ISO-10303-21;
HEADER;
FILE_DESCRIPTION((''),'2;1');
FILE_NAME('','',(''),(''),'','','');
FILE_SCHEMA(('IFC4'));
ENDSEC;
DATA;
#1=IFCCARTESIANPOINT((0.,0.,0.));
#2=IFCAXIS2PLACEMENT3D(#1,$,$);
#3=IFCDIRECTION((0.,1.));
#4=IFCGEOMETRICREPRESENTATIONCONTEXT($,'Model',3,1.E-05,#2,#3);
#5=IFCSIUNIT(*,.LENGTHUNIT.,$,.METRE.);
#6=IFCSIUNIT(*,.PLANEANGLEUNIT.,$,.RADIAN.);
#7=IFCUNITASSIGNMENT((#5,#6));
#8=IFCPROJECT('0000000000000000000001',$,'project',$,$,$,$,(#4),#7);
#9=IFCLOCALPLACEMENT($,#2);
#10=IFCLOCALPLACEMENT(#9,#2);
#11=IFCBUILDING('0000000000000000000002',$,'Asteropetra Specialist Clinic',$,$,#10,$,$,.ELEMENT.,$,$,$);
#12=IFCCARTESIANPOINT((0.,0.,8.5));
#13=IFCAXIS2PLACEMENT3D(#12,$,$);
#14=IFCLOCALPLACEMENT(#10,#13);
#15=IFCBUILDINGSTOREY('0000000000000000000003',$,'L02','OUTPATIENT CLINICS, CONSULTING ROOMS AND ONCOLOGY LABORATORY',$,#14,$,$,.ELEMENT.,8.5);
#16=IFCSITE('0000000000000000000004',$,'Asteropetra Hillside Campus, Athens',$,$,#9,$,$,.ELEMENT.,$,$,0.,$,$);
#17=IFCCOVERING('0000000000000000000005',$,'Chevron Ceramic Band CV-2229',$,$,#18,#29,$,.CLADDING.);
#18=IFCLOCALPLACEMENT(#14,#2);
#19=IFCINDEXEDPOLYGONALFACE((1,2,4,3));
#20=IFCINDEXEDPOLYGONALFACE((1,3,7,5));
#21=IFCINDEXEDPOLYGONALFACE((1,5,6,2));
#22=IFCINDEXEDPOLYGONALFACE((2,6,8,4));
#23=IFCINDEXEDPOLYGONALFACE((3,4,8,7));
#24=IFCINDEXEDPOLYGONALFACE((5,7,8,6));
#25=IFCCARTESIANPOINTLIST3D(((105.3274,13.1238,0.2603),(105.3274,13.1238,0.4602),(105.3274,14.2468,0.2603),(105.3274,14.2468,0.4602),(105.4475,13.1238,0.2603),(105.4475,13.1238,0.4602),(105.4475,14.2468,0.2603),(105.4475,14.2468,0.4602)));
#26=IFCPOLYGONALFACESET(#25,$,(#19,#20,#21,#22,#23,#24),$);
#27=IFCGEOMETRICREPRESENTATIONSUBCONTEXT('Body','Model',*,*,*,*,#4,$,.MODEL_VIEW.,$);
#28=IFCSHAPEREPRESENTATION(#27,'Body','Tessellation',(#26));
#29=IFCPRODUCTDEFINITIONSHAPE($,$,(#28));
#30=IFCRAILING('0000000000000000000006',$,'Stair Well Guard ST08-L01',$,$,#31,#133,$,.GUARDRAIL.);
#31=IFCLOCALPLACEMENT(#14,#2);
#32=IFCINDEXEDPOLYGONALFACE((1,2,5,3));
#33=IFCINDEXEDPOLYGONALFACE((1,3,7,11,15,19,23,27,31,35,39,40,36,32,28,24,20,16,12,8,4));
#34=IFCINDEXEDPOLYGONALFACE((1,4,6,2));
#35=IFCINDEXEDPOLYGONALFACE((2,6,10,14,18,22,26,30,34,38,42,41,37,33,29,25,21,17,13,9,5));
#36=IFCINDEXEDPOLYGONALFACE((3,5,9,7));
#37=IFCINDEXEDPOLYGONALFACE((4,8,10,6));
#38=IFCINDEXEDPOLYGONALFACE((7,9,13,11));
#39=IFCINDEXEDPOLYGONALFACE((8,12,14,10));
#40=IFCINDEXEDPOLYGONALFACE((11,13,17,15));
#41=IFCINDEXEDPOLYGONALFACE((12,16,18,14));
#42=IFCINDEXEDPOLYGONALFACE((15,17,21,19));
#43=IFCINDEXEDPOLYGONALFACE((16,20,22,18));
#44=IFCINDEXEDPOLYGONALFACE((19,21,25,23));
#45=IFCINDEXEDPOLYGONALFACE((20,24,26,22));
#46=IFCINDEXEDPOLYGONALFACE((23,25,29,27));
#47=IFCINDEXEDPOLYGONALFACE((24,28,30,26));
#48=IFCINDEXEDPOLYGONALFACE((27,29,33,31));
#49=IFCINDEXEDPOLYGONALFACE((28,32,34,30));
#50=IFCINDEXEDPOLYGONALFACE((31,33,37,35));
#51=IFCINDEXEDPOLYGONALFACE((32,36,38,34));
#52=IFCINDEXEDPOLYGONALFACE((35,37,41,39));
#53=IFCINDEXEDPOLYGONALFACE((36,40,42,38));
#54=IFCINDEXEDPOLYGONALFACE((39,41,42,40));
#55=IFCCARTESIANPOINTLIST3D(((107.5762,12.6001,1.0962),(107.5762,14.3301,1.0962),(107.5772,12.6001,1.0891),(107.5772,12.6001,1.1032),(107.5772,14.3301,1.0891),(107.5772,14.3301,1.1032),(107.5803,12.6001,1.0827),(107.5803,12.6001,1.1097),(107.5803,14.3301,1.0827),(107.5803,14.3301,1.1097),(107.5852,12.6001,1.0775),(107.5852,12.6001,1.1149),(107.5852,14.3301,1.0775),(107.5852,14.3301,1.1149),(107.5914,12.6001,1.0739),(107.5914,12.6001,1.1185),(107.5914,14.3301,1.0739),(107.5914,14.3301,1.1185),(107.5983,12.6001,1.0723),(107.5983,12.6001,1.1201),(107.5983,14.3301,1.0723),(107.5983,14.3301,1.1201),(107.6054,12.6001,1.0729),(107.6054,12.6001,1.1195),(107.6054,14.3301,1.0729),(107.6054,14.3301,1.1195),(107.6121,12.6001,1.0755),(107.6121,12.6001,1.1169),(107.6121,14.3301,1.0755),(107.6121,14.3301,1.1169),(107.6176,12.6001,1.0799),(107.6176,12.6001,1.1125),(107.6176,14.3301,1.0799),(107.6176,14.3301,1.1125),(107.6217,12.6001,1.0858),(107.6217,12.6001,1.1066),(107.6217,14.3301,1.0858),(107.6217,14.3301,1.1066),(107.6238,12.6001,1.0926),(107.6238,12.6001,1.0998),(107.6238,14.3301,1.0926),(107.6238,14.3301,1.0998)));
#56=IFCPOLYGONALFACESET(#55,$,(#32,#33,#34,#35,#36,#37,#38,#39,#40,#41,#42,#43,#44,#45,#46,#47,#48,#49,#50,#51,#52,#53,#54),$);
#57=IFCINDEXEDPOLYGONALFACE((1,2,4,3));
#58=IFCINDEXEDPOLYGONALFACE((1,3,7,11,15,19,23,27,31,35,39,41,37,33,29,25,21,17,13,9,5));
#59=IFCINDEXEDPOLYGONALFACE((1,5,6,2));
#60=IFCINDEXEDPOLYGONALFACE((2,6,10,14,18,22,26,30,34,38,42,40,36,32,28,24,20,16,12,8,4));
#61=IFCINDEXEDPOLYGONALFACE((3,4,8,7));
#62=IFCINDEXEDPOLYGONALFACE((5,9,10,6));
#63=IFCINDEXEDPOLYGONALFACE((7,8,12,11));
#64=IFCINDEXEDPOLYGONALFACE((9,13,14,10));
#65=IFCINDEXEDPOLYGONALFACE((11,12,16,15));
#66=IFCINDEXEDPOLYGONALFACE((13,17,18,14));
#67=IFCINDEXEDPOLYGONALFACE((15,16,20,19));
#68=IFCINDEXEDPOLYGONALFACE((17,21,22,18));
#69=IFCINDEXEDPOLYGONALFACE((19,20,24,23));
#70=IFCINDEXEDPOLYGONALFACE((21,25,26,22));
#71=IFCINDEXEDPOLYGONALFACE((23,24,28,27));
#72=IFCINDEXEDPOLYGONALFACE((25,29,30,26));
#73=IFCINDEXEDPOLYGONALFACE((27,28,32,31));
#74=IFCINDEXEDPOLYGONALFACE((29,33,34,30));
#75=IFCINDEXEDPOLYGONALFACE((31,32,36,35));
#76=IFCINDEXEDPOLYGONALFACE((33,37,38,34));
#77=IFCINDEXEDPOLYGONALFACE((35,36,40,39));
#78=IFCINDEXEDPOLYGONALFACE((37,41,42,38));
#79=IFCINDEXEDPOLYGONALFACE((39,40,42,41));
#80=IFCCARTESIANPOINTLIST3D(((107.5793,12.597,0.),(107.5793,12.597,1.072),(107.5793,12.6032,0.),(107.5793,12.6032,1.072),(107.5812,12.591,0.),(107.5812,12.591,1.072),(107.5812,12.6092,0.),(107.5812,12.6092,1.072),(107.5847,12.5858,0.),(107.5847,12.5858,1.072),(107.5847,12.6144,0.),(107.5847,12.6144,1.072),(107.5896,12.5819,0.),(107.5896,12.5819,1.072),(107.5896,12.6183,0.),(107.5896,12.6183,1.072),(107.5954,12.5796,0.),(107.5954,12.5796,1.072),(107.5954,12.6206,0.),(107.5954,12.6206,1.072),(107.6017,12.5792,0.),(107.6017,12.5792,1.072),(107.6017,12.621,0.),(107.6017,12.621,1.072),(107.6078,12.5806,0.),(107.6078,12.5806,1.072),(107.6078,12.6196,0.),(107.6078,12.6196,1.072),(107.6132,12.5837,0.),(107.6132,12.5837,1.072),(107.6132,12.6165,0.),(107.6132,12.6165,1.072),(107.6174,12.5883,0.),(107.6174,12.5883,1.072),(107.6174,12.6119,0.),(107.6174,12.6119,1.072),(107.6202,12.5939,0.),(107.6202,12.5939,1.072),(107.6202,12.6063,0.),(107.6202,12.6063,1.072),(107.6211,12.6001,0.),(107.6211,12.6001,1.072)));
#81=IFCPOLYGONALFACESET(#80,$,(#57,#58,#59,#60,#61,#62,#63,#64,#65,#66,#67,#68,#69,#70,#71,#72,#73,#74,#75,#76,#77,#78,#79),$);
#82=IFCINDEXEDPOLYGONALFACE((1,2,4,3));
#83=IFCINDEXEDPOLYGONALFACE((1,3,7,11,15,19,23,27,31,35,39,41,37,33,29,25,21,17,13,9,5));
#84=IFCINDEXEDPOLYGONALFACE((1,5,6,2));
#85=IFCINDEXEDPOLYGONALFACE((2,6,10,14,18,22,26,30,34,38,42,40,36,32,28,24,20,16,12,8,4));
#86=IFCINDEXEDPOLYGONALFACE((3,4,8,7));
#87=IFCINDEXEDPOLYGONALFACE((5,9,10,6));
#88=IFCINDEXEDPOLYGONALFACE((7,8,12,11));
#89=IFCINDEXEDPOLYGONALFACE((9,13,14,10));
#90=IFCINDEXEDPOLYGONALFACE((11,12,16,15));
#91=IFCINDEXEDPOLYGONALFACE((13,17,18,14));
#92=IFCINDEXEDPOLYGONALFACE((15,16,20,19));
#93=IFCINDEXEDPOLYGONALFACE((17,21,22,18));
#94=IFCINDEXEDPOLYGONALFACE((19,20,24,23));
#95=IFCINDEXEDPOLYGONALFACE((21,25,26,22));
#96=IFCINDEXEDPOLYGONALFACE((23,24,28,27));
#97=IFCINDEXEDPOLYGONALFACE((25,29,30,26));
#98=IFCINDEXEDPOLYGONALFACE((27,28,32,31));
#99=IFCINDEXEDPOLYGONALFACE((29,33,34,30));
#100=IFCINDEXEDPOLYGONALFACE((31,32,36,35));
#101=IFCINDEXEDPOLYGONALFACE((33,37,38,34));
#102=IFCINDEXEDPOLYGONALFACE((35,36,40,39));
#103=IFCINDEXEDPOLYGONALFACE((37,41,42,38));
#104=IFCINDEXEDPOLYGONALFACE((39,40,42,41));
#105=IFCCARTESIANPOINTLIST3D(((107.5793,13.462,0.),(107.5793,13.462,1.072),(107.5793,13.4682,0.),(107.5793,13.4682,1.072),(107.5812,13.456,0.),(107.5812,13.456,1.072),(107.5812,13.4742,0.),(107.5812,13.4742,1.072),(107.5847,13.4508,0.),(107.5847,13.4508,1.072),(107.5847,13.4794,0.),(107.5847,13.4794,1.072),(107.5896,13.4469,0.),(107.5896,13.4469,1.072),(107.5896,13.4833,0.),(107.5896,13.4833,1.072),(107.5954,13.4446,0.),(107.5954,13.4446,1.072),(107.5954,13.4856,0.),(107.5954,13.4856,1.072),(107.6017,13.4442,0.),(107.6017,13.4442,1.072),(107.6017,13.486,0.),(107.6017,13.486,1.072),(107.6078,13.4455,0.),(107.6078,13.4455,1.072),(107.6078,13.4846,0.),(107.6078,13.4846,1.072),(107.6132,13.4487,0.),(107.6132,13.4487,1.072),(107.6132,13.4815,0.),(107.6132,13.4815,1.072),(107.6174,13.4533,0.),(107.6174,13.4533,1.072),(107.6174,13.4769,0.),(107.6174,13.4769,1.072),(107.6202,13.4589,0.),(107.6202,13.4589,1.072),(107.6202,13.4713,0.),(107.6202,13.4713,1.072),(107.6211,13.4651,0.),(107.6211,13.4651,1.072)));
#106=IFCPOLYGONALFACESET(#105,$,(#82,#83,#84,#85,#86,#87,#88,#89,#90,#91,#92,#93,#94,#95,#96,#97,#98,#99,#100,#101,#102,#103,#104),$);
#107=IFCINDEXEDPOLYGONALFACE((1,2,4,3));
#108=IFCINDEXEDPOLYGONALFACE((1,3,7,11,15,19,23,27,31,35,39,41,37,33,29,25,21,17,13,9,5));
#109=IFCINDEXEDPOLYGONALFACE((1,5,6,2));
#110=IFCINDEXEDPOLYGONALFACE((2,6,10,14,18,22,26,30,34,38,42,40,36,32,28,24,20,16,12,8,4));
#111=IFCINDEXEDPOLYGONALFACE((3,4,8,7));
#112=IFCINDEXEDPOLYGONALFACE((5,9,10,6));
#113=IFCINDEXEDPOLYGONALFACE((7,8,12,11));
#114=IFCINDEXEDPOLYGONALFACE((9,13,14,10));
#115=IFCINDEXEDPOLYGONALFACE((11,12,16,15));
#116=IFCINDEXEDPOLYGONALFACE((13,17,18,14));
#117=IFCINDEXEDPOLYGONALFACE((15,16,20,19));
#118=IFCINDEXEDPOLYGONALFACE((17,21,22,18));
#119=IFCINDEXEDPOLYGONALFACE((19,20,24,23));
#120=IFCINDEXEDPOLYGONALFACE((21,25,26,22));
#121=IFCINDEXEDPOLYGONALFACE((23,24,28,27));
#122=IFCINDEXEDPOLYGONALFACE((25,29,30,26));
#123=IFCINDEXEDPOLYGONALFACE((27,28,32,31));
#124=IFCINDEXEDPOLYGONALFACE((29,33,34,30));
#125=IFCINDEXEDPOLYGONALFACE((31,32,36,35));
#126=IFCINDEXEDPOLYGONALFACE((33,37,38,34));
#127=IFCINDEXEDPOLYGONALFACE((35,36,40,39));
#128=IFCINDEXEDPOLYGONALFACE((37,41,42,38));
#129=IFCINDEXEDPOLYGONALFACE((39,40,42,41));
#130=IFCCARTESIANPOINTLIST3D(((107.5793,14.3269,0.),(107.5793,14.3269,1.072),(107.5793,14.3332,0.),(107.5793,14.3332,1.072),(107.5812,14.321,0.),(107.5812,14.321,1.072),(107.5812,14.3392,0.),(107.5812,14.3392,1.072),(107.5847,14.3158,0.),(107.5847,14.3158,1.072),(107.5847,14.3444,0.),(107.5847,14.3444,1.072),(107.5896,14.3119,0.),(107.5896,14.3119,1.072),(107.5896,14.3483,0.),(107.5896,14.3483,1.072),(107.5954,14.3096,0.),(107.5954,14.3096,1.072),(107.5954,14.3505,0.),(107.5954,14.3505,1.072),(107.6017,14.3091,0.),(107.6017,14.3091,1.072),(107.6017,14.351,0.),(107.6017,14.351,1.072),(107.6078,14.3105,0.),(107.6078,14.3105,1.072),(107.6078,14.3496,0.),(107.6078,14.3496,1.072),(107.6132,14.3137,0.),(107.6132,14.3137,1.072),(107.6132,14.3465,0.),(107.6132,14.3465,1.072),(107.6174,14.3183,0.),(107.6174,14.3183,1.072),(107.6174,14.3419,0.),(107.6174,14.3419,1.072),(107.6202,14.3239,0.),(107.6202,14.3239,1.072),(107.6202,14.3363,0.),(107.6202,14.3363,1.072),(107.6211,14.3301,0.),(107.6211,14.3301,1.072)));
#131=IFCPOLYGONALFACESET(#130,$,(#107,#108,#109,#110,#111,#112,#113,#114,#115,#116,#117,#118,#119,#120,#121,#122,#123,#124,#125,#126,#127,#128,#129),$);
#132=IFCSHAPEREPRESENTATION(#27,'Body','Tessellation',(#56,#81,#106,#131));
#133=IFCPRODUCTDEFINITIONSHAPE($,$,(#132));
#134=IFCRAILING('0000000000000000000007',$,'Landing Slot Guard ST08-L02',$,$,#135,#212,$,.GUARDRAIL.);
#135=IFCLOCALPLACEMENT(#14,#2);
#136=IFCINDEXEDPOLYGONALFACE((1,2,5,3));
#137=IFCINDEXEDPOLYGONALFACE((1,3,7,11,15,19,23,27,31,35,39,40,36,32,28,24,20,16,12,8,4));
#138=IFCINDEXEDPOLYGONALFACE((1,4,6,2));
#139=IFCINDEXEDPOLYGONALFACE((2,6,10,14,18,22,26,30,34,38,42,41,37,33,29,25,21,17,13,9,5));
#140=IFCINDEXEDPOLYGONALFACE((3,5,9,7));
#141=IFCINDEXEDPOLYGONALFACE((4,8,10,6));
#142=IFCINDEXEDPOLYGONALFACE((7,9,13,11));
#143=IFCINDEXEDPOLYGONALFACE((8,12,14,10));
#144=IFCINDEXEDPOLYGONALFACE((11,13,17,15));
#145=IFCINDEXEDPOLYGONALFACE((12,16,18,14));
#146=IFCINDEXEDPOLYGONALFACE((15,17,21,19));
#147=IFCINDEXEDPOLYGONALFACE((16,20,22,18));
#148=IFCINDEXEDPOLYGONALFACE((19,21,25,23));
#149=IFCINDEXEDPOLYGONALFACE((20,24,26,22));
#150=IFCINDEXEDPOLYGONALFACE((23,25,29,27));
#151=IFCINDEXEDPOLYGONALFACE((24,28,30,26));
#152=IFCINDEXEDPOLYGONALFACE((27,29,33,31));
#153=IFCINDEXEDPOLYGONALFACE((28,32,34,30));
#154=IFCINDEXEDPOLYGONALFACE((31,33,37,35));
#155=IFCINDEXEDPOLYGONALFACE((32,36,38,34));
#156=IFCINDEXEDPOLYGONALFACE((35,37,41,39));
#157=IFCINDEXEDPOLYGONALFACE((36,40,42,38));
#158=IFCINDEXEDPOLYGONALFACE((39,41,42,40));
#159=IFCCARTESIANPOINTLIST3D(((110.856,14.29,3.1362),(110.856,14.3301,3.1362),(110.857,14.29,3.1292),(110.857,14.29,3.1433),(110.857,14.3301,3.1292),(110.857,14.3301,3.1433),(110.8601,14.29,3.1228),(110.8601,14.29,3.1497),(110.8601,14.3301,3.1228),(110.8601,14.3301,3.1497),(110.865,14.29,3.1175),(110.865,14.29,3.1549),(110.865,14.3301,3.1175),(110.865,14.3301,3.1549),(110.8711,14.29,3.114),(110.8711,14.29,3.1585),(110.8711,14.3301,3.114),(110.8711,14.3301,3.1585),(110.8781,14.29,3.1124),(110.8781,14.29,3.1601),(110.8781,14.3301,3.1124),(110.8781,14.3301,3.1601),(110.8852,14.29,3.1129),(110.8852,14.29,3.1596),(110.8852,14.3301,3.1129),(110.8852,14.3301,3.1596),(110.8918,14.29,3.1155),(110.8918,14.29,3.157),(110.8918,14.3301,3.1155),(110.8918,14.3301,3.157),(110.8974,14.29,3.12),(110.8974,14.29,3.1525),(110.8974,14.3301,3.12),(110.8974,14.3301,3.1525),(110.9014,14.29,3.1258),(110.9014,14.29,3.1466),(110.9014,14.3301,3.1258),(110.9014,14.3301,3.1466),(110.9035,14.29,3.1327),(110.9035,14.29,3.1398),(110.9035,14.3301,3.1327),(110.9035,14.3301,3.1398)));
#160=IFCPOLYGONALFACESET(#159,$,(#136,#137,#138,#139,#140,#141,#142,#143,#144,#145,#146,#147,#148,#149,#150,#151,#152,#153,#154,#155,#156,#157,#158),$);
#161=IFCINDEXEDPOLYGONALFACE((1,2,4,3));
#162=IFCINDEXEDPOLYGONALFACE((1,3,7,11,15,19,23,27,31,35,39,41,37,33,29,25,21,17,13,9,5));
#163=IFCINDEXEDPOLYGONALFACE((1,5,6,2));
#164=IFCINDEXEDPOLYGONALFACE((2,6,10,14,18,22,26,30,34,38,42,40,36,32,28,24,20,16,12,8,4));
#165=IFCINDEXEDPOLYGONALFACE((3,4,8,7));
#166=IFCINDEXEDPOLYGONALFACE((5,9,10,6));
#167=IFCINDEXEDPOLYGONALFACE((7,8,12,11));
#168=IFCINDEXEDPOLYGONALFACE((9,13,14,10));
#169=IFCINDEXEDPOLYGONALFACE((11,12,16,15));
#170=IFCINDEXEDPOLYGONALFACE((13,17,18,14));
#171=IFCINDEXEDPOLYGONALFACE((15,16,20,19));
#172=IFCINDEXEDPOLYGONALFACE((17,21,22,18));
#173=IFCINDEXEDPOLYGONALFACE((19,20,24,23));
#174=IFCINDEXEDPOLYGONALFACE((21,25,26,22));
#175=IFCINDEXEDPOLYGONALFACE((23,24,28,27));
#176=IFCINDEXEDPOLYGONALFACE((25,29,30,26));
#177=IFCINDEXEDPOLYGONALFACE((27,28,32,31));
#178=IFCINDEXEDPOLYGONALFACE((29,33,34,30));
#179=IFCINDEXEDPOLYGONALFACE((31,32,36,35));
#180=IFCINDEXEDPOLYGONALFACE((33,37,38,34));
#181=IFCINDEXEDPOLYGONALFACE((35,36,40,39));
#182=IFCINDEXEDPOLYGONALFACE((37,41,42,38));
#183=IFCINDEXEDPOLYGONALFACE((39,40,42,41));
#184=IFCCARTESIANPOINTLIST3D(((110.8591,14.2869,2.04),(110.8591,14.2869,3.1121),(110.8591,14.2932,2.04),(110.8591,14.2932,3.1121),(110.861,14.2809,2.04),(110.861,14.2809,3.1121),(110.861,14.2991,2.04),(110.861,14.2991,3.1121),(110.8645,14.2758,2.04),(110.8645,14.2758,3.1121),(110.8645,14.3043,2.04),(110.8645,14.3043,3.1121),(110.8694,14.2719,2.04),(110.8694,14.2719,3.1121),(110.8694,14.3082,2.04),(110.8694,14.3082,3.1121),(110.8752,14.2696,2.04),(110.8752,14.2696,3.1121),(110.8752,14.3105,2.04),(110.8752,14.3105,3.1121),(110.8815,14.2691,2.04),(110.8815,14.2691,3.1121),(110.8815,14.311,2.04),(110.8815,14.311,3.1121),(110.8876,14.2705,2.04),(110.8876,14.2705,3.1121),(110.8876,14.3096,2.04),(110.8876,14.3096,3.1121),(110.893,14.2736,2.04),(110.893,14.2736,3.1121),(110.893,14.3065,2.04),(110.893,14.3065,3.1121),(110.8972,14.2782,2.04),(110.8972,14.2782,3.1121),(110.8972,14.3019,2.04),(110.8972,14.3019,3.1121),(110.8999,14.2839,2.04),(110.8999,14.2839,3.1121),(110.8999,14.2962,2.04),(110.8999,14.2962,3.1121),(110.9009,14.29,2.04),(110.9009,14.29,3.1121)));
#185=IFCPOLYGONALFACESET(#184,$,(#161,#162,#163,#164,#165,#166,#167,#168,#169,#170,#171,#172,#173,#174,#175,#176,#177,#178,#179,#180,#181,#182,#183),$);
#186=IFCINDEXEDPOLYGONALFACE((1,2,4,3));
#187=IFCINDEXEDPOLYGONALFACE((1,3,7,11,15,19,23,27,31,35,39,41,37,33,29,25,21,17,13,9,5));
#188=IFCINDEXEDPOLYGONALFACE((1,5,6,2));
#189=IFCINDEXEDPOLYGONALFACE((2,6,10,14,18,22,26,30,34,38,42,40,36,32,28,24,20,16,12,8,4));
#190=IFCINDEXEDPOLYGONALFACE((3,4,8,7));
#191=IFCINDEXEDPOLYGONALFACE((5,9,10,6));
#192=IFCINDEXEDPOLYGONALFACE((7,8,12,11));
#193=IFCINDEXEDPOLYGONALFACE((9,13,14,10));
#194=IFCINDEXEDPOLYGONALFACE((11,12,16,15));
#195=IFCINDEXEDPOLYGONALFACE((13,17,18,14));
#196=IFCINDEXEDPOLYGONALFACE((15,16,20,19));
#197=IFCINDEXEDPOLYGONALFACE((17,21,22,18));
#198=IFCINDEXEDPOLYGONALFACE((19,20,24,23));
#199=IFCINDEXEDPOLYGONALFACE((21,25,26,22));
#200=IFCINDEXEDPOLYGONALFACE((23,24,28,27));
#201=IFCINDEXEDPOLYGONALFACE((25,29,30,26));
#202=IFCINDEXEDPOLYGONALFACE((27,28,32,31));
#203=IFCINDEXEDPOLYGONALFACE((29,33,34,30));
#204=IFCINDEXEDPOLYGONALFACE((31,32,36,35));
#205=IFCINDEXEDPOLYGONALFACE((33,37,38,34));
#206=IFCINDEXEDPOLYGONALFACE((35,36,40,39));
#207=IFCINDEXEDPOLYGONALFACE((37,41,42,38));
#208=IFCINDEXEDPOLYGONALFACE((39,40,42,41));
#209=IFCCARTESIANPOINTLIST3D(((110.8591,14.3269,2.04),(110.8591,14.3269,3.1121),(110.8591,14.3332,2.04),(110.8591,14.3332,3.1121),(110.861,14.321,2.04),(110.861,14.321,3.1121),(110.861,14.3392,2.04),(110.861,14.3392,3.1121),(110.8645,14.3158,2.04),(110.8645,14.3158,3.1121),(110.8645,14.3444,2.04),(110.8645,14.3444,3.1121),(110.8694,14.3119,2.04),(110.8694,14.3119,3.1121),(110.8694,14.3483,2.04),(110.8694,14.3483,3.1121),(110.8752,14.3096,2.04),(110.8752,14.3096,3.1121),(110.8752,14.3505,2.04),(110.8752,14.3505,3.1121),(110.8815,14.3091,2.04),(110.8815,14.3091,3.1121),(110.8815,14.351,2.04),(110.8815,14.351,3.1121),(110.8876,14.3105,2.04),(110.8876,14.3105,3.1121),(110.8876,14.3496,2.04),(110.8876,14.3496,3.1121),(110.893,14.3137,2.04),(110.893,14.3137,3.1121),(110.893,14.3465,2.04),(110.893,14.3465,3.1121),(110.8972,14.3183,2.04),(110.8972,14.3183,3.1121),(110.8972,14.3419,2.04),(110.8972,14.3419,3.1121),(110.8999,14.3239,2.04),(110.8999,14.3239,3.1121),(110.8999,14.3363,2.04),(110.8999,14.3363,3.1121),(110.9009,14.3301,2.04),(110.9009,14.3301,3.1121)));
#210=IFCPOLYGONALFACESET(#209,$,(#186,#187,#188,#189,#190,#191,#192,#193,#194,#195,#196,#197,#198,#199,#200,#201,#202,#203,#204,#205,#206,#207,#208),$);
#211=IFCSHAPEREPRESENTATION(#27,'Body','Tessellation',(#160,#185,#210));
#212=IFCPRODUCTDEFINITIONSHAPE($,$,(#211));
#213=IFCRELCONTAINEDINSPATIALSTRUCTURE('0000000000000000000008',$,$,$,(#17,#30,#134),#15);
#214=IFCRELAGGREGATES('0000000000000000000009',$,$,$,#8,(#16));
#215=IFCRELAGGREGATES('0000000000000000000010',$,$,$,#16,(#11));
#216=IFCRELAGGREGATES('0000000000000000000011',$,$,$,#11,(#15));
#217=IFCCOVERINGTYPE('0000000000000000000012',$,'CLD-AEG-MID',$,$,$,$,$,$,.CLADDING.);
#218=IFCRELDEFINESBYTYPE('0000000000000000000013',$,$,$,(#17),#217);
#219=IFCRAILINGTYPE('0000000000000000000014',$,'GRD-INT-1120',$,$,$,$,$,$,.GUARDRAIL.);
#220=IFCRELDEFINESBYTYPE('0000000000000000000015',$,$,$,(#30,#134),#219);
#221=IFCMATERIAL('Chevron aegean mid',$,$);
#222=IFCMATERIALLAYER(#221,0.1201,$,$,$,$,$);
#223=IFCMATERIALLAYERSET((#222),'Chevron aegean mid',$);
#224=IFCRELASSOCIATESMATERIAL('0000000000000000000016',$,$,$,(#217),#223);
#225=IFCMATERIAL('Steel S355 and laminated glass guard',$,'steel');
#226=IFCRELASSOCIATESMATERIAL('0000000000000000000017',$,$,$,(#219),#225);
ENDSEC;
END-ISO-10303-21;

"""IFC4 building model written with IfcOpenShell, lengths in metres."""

from ifc_helpers import new_model, si_unit, direction, frame, origin, origin_2d, place, context, subcontext, project, spatial, rectangle, circle, extrude, material, layer, layer_set, type_object, element, save


model = new_model("IFC4")

# Units and contexts
model_context = context("Model", 3, precision=1e-05, world=origin(), true_north=direction((0.0, 1.0)))
body_context = subcontext(model_context, "Body", "Model", "MODEL_VIEW")
ifc_project = project(units=[si_unit("LENGTHUNIT", "METRE"), si_unit("PLANEANGLEUNIT", "RADIAN")], contexts=[model_context])

# Site, building, storey
site_placement = place(None, origin())
site = spatial("IfcSite", under=ifc_project, at=site_placement, Name="Asteropetra Hillside Campus, Athens", CompositionType="ELEMENT", RefElevation=0.0)
building_placement = place(site_placement, origin())
building = spatial("IfcBuilding", under=site, at=building_placement, Name="Asteropetra Specialist Clinic", CompositionType="ELEMENT")
storey_placement = place(building_placement, frame((0.0, 0.0, 8.5)))
storey = spatial("IfcBuildingStorey", under=building, at=storey_placement, Name="L02", Description="OUTPATIENT CLINICS, CONSULTING ROOMS AND ONCOLOGY LABORATORY", CompositionType="ELEMENT", Elevation=8.5)

# Covering
ifc_material_1 = material(Name="Chevron aegean mid")
ifc_layer_1 = layer(ifc_material_1, 0.1201)
ifc_layer_set_1 = layer_set([ifc_layer_1], Name="Chevron aegean mid")
covering_type = type_object("IfcCoveringType", Name="CLD-AEG-MID", PredefinedType="CLADDING", material=ifc_layer_set_1)
for number, where, z_axis, x_axis, name in (
    (1, (105.3875, 13.6853, 0.2603), (0.0, 0.0, 1.0), (1.0, 0.0, 0.0), "Chevron Ceramic Band CV-2229"),
):
    element("IfcCovering", number, at=place(storey_placement, frame(where, z_axis=z_axis, x_axis=x_axis)), inside=storey, type_object=covering_type, Name=name, PredefinedType="CLADDING", context=body_context, shape_type="SweptSolid", body=[
        extrude(rectangle(XDim=0.1201, YDim=1.123, at=origin_2d()), origin(), (0.0, 0.0, 1.0), 0.2),
    ])

# Railings
ifc_material_2 = material(Name="Steel S355 and laminated glass guard", Category="steel")
railing_type_1 = type_object("IfcRailingType", Name="GRD-INT-1120", PredefinedType="GUARDRAIL", material=ifc_material_2)
railing_1_placement = place(storey_placement, frame((107.6001, 12.6001, 0.0)))
element("IfcRailing", 2, at=railing_1_placement, inside=storey, type_object=railing_type_1, Name="Stair Well Guard ST08-L01", PredefinedType="GUARDRAIL", context=body_context, shape_type="SweptSolid", body=[
    extrude(circle(Radius=0.0239, at=origin_2d()), frame((0.0, 0.0, 1.0962), z_axis=(0.0, 1.0, 0.0), x_axis=(-1.0, 0.0, 0.0)), (0.0, 0.0, 1.0), 1.73),
    extrude(circle(Radius=0.021, at=origin_2d()), origin(), (0.0, 0.0, 1.0), 1.072),
    extrude(circle(Radius=0.021, at=origin_2d()), frame((0.0, 0.865, 0.0)), (0.0, 0.0, 1.0), 1.072),
    extrude(circle(Radius=0.021, at=origin_2d()), frame((0.0, 1.73, 0.0)), (0.0, 0.0, 1.0), 1.072),
])
railing_2_placement = place(storey_placement, frame((110.8799, 14.29, 2.04)))
element("IfcRailing", 3, at=railing_2_placement, inside=storey, type_object=railing_type_1, Name="Landing Slot Guard ST08-L02", PredefinedType="GUARDRAIL", context=body_context, shape_type="SweptSolid", body=[
    extrude(circle(Radius=0.0239, at=origin_2d()), frame((0.0, 0.0, 1.0962), z_axis=(0.0, 1.0, 0.0), x_axis=(-1.0, 0.0, 0.0)), (0.0, 0.0, 1.0), 0.04),
    extrude(circle(Radius=0.021, at=origin_2d()), origin(), (0.0, 0.0, 1.0), 1.072),
    extrude(circle(Radius=0.021, at=origin_2d()), frame((0.0, 0.04, 0.0)), (0.0, 0.0, 1.0), 1.072),
])

save(model, "model.ifc")
